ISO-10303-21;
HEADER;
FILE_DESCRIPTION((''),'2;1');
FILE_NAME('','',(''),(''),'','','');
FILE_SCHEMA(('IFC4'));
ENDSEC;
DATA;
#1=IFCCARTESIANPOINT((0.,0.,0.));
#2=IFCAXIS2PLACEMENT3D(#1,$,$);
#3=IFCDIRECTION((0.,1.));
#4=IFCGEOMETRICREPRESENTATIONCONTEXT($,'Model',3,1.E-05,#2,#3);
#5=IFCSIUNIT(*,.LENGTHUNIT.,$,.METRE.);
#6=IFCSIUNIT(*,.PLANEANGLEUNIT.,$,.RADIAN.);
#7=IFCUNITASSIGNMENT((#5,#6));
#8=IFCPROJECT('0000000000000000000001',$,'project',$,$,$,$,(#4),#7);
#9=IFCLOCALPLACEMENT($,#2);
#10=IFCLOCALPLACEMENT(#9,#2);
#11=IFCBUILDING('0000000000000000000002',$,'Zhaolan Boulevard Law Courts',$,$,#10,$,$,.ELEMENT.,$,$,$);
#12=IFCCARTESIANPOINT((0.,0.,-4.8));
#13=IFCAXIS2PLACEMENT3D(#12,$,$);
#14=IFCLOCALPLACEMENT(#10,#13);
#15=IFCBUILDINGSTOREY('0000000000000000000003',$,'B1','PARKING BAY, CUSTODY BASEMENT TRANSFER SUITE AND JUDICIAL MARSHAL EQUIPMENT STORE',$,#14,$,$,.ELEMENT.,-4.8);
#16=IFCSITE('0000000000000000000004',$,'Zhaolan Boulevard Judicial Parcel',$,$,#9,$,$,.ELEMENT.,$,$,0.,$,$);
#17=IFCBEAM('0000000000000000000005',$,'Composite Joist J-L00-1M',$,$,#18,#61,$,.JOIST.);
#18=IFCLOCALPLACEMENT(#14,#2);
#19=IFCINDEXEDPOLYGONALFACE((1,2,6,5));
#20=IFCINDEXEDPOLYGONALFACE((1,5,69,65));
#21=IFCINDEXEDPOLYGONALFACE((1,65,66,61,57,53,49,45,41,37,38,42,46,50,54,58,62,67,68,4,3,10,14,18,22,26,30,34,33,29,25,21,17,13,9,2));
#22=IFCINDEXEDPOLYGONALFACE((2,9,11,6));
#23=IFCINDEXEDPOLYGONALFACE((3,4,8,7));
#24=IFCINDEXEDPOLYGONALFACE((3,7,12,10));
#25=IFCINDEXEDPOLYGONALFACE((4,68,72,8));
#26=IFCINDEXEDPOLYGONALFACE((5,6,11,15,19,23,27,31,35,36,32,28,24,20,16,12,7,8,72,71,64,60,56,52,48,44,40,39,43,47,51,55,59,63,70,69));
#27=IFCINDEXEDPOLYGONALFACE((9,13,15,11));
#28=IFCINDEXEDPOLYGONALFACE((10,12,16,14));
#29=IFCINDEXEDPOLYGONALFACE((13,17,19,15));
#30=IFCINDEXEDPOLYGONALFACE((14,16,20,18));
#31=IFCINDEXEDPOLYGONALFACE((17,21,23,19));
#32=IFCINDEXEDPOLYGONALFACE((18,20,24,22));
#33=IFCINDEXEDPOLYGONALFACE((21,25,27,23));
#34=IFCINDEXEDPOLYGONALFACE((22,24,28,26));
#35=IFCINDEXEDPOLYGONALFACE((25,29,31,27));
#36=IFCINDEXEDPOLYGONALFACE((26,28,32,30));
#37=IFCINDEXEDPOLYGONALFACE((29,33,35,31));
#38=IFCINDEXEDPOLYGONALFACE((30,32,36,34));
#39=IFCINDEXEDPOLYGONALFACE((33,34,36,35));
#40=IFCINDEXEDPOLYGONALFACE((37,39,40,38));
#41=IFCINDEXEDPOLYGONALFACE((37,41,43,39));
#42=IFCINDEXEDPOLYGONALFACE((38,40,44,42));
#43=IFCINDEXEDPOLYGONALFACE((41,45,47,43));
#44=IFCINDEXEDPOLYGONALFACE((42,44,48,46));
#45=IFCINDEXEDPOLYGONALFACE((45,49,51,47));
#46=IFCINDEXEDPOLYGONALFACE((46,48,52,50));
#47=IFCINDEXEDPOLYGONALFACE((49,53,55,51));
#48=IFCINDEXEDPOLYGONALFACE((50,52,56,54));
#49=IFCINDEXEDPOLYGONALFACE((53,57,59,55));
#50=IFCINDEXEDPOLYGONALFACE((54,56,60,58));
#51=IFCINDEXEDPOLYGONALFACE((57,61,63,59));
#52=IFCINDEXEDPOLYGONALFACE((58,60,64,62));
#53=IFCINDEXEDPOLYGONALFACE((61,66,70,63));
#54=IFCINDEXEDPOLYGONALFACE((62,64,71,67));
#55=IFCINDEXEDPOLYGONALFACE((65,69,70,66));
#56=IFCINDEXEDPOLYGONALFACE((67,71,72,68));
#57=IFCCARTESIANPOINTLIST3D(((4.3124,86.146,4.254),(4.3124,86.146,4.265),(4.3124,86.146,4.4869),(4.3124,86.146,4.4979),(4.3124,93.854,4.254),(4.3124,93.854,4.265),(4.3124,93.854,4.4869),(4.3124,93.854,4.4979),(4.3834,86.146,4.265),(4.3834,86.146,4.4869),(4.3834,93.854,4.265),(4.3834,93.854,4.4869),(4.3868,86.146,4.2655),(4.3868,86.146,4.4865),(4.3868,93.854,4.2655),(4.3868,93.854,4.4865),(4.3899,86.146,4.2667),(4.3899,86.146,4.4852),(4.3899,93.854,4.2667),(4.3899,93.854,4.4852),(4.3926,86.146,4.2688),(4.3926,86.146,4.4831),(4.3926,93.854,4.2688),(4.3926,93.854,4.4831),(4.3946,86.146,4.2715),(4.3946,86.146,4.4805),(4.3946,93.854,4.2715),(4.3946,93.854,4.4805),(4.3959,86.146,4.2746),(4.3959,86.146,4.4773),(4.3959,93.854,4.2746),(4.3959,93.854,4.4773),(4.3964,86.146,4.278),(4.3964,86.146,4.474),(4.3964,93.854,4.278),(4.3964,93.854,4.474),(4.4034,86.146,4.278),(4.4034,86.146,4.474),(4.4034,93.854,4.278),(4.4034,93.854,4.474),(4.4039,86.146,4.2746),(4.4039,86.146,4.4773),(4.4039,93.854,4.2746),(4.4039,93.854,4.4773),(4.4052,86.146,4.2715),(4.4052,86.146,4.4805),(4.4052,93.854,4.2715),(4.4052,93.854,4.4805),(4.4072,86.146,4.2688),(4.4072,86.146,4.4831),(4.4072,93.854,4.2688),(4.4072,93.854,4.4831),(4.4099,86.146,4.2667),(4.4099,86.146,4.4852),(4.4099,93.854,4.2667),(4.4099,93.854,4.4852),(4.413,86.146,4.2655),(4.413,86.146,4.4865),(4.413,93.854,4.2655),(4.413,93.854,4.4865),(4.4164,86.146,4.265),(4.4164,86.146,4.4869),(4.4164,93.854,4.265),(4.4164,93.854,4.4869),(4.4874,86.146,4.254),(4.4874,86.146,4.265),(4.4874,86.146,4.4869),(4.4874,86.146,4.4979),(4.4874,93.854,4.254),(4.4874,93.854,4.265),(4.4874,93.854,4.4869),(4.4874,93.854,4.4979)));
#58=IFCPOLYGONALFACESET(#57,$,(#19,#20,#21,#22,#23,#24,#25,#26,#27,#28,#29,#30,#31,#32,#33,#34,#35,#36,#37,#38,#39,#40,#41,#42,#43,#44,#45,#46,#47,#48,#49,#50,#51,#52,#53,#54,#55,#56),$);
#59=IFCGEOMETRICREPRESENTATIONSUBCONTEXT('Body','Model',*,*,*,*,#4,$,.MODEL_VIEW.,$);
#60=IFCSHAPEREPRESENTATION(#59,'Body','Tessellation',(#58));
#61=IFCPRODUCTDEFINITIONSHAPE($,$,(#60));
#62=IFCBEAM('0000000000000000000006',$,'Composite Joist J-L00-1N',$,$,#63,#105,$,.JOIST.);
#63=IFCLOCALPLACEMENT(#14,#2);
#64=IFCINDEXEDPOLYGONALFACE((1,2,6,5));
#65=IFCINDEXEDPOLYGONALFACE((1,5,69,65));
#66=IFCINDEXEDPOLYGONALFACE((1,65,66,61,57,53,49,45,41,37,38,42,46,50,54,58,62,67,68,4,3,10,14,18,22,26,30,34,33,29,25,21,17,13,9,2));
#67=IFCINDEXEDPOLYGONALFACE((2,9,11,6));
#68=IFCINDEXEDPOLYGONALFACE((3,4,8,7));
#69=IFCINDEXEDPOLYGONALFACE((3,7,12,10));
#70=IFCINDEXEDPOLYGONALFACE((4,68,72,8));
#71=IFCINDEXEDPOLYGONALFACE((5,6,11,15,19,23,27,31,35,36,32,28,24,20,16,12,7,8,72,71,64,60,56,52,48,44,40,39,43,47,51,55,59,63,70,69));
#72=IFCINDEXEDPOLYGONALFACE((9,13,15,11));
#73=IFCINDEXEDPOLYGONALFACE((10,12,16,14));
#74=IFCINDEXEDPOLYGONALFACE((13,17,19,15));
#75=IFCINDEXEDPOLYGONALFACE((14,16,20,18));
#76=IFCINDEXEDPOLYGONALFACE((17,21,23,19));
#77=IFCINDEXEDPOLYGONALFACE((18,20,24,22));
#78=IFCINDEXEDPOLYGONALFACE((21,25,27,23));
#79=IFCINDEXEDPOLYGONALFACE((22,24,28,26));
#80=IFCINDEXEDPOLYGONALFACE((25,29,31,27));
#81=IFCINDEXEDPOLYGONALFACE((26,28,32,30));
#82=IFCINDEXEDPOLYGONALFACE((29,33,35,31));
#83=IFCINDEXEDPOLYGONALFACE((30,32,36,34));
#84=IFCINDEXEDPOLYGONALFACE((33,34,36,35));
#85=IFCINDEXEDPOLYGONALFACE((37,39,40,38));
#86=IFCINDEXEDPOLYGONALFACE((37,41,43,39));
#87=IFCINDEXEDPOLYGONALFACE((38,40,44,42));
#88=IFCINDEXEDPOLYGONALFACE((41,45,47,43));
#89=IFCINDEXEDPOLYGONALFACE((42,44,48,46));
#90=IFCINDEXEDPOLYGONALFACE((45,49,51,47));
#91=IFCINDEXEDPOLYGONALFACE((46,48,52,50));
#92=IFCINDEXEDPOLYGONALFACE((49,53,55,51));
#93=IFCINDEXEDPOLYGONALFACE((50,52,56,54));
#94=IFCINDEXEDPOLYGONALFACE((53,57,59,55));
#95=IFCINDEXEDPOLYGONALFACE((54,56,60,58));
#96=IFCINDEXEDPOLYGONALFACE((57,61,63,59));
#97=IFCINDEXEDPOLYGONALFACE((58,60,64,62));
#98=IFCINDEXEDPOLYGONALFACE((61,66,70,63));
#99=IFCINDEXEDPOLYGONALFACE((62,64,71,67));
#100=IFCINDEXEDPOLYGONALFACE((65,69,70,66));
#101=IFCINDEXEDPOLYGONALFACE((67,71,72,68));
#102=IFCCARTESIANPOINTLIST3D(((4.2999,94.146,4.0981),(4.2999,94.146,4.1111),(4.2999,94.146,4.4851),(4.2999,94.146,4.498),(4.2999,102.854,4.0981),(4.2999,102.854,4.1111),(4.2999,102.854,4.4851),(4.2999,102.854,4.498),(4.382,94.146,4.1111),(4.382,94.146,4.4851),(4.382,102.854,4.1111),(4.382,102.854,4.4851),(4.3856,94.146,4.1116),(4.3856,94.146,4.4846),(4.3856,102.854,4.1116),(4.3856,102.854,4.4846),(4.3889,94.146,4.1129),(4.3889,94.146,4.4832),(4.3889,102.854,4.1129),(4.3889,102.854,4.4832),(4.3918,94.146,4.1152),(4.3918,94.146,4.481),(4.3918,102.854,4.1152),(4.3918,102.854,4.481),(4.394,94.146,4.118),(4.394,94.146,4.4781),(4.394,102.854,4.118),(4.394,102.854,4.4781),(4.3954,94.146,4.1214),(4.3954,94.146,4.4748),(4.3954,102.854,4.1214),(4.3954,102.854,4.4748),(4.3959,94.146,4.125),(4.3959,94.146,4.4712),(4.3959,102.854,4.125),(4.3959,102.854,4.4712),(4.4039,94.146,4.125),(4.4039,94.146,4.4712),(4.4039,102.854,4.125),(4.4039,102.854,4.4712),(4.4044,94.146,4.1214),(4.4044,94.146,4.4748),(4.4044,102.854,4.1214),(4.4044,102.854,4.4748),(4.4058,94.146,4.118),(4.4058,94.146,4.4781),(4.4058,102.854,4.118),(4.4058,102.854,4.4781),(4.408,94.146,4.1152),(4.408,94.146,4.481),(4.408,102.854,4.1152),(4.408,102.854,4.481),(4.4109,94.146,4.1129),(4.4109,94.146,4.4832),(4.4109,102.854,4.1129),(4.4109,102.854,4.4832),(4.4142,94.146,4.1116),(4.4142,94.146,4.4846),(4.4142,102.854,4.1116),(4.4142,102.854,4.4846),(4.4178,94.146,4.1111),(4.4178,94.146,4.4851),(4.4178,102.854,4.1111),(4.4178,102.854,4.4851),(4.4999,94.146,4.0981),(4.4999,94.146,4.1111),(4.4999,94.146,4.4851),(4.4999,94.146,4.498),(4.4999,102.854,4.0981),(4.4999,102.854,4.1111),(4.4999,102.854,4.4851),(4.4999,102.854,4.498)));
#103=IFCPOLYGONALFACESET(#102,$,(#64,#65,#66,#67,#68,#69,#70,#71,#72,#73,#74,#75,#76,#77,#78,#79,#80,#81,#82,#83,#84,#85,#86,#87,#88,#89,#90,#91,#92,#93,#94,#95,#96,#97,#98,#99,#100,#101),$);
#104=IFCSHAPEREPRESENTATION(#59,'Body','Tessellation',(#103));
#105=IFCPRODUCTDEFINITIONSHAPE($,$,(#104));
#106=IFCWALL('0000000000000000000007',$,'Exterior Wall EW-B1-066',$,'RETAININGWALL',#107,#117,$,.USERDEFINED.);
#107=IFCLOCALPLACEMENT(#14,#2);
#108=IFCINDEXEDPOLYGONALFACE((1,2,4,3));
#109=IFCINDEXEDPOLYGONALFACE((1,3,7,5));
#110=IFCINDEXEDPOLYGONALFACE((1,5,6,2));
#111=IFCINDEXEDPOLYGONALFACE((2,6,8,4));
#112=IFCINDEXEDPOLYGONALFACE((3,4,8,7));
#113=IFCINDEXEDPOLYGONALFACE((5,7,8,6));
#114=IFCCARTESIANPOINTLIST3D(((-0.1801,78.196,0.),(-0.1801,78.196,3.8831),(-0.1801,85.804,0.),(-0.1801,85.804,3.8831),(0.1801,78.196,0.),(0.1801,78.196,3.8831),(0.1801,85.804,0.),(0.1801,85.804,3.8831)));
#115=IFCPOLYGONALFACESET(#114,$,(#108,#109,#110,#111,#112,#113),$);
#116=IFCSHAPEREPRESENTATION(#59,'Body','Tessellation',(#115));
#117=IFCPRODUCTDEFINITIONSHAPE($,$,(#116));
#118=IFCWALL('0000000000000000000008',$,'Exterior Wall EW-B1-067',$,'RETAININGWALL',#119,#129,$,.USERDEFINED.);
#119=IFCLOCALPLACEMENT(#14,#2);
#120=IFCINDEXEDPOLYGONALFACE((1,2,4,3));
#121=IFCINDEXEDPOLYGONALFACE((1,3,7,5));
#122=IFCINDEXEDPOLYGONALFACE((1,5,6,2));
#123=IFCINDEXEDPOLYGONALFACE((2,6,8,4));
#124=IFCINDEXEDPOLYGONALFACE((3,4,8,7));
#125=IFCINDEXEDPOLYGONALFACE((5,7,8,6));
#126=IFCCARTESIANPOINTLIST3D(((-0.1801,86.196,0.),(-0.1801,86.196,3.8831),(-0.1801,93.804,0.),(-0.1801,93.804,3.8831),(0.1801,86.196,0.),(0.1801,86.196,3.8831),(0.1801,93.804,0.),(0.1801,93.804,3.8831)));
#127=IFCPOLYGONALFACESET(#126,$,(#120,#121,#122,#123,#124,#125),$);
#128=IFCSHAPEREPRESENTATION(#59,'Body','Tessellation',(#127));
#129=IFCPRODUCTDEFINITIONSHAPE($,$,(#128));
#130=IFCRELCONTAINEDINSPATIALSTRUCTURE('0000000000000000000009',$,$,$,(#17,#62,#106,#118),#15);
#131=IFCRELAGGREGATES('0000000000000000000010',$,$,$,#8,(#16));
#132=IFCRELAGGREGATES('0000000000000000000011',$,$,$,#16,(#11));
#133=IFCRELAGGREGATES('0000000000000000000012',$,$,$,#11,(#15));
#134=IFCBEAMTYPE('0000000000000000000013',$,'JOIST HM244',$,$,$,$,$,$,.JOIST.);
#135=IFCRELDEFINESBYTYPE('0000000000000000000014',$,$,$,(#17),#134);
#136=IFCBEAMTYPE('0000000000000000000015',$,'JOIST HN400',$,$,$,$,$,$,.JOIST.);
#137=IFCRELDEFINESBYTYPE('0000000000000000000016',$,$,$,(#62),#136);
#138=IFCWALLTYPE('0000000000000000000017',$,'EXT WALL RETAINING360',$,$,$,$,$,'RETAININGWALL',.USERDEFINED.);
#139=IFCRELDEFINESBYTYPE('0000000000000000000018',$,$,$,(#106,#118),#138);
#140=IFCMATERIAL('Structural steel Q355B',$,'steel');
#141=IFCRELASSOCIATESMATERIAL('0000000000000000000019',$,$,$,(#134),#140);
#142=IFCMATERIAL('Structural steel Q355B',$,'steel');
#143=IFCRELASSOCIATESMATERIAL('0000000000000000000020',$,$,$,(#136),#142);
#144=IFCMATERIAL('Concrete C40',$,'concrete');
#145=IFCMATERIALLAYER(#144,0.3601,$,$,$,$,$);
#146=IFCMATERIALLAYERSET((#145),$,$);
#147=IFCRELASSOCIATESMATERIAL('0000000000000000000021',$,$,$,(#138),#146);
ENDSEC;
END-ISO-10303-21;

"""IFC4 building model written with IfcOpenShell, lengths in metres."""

from ifc_helpers import new_model, si_unit, direction, frame, frame_2d, origin, origin_2d, place, context, subcontext, project, spatial, rectangle, i_section, extrude, material, layer, layer_set, material_profile, profile_set, type_object, element, save


model = new_model("IFC4")

# Units and contexts
model_context = context("Model", 3, precision=1e-05, world=origin(), true_north=direction((0.0, 1.0)))
body_context = subcontext(model_context, "Body", "Model", "MODEL_VIEW")
ifc_project = project(units=[si_unit("LENGTHUNIT", "METRE"), si_unit("PLANEANGLEUNIT", "RADIAN")], contexts=[model_context])

# Site, building, storey
site_placement = place(None, origin())
site = spatial("IfcSite", under=ifc_project, at=site_placement, Name="Zhaolan Boulevard Judicial Parcel", CompositionType="ELEMENT", RefElevation=0.0)
building_placement = place(site_placement, origin())
building = spatial("IfcBuilding", under=site, at=building_placement, Name="Zhaolan Boulevard Law Courts", CompositionType="ELEMENT")
storey_placement = place(building_placement, frame((0.0, 0.0, -4.8)))
storey = spatial("IfcBuildingStorey", under=building, at=storey_placement, Name="B1", Description="PARKING BAY, CUSTODY BASEMENT TRANSFER SUITE AND JUDICIAL MARSHAL EQUIPMENT STORE", CompositionType="ELEMENT", Elevation=-4.8)

# Beams
ifc_material_1 = material(Name="Structural steel Q355B", Category="steel")
ifc_material_profile_1 = material_profile(ifc_material_1, i_section(OverallWidth=0.175, OverallDepth=0.2439, WebThickness=0.0071, FlangeThickness=0.011, FilletRadius=0.0129, at=origin_2d()), Name="HM244x175")
ifc_profile_set_1 = profile_set([ifc_material_profile_1], Name="Structural steel Q355B")
beam_type_1 = type_object("IfcBeamType", Name="JOIST HM244", PredefinedType="JOIST", material=ifc_profile_set_1)
beam_1_placement = place(storey_placement, frame((4.3999, 86.146, 4.376), z_axis=(0.0, 1.0, 0.0), x_axis=(-1.0, 0.0, 0.0)))
element("IfcBeam", 1, at=beam_1_placement, inside=storey, type_object=beam_type_1, Name="Composite Joist J-L00-1M", PredefinedType="JOIST", context=body_context, shape_type="SweptSolid", body=[
    extrude(i_section(OverallWidth=0.175, OverallDepth=0.2439, WebThickness=0.0071, FlangeThickness=0.011, FilletRadius=0.0129, at=origin_2d()), origin(), (0.0, 0.0, 1.0), 7.708),
])
ifc_material_2 = material(Name="Structural steel Q355B", Category="steel")
ifc_material_profile_2 = material_profile(ifc_material_2, i_section(OverallWidth=0.2, OverallDepth=0.3999, WebThickness=0.0081, FlangeThickness=0.0129, FilletRadius=0.0139, at=origin_2d()), Name="HN400x200")
ifc_profile_set_2 = profile_set([ifc_material_profile_2], Name="Structural steel Q355B")
beam_type_2 = type_object("IfcBeamType", Name="JOIST HN400", PredefinedType="JOIST", material=ifc_profile_set_2)
beam_2_placement = place(storey_placement, frame((4.3999, 94.146, 4.2981), z_axis=(0.0, 1.0, 0.0), x_axis=(-1.0, 0.0, 0.0)))
element("IfcBeam", 2, at=beam_2_placement, inside=storey, type_object=beam_type_2, Name="Composite Joist J-L00-1N", PredefinedType="JOIST", context=body_context, shape_type="SweptSolid", body=[
    extrude(i_section(OverallWidth=0.2, OverallDepth=0.3999, WebThickness=0.0081, FlangeThickness=0.0129, FilletRadius=0.0139, at=origin_2d()), origin(), (0.0, 0.0, 1.0), 8.708),
])

# Walls
ifc_material_3 = material(Name="Concrete C40", Category="concrete")
ifc_layer = layer(ifc_material_3, 0.3601)
ifc_layer_set = layer_set([ifc_layer])
wall_type = type_object("IfcWallType", Name="EXT WALL RETAINING360", ElementType="RETAININGWALL", PredefinedType="USERDEFINED", material=ifc_layer_set)
for number, where, z_axis, x_axis, name in (
    (3, (0.0, 85.804, 0.0), (0.0, 0.0, 1.0), (0.0, -1.0, 0.0), "Exterior Wall EW-B1-066"),
    (4, (0.0, 93.804, 0.0), (0.0, 0.0, 1.0), (0.0, -1.0, 0.0), "Exterior Wall EW-B1-067"),
):
    element("IfcWall", number, at=place(storey_placement, frame(where, z_axis=z_axis, x_axis=x_axis)), inside=storey, type_object=wall_type, Name=name, ObjectType="RETAININGWALL", PredefinedType="USERDEFINED", context=body_context, shape_type="SweptSolid", body=[
        extrude(rectangle(XDim=7.6079, YDim=0.3601, at=frame_2d((3.804, 0.0))), origin(), (0.0, 0.0, 1.0), 3.8831),
    ])

save(model, "model.ifc")
